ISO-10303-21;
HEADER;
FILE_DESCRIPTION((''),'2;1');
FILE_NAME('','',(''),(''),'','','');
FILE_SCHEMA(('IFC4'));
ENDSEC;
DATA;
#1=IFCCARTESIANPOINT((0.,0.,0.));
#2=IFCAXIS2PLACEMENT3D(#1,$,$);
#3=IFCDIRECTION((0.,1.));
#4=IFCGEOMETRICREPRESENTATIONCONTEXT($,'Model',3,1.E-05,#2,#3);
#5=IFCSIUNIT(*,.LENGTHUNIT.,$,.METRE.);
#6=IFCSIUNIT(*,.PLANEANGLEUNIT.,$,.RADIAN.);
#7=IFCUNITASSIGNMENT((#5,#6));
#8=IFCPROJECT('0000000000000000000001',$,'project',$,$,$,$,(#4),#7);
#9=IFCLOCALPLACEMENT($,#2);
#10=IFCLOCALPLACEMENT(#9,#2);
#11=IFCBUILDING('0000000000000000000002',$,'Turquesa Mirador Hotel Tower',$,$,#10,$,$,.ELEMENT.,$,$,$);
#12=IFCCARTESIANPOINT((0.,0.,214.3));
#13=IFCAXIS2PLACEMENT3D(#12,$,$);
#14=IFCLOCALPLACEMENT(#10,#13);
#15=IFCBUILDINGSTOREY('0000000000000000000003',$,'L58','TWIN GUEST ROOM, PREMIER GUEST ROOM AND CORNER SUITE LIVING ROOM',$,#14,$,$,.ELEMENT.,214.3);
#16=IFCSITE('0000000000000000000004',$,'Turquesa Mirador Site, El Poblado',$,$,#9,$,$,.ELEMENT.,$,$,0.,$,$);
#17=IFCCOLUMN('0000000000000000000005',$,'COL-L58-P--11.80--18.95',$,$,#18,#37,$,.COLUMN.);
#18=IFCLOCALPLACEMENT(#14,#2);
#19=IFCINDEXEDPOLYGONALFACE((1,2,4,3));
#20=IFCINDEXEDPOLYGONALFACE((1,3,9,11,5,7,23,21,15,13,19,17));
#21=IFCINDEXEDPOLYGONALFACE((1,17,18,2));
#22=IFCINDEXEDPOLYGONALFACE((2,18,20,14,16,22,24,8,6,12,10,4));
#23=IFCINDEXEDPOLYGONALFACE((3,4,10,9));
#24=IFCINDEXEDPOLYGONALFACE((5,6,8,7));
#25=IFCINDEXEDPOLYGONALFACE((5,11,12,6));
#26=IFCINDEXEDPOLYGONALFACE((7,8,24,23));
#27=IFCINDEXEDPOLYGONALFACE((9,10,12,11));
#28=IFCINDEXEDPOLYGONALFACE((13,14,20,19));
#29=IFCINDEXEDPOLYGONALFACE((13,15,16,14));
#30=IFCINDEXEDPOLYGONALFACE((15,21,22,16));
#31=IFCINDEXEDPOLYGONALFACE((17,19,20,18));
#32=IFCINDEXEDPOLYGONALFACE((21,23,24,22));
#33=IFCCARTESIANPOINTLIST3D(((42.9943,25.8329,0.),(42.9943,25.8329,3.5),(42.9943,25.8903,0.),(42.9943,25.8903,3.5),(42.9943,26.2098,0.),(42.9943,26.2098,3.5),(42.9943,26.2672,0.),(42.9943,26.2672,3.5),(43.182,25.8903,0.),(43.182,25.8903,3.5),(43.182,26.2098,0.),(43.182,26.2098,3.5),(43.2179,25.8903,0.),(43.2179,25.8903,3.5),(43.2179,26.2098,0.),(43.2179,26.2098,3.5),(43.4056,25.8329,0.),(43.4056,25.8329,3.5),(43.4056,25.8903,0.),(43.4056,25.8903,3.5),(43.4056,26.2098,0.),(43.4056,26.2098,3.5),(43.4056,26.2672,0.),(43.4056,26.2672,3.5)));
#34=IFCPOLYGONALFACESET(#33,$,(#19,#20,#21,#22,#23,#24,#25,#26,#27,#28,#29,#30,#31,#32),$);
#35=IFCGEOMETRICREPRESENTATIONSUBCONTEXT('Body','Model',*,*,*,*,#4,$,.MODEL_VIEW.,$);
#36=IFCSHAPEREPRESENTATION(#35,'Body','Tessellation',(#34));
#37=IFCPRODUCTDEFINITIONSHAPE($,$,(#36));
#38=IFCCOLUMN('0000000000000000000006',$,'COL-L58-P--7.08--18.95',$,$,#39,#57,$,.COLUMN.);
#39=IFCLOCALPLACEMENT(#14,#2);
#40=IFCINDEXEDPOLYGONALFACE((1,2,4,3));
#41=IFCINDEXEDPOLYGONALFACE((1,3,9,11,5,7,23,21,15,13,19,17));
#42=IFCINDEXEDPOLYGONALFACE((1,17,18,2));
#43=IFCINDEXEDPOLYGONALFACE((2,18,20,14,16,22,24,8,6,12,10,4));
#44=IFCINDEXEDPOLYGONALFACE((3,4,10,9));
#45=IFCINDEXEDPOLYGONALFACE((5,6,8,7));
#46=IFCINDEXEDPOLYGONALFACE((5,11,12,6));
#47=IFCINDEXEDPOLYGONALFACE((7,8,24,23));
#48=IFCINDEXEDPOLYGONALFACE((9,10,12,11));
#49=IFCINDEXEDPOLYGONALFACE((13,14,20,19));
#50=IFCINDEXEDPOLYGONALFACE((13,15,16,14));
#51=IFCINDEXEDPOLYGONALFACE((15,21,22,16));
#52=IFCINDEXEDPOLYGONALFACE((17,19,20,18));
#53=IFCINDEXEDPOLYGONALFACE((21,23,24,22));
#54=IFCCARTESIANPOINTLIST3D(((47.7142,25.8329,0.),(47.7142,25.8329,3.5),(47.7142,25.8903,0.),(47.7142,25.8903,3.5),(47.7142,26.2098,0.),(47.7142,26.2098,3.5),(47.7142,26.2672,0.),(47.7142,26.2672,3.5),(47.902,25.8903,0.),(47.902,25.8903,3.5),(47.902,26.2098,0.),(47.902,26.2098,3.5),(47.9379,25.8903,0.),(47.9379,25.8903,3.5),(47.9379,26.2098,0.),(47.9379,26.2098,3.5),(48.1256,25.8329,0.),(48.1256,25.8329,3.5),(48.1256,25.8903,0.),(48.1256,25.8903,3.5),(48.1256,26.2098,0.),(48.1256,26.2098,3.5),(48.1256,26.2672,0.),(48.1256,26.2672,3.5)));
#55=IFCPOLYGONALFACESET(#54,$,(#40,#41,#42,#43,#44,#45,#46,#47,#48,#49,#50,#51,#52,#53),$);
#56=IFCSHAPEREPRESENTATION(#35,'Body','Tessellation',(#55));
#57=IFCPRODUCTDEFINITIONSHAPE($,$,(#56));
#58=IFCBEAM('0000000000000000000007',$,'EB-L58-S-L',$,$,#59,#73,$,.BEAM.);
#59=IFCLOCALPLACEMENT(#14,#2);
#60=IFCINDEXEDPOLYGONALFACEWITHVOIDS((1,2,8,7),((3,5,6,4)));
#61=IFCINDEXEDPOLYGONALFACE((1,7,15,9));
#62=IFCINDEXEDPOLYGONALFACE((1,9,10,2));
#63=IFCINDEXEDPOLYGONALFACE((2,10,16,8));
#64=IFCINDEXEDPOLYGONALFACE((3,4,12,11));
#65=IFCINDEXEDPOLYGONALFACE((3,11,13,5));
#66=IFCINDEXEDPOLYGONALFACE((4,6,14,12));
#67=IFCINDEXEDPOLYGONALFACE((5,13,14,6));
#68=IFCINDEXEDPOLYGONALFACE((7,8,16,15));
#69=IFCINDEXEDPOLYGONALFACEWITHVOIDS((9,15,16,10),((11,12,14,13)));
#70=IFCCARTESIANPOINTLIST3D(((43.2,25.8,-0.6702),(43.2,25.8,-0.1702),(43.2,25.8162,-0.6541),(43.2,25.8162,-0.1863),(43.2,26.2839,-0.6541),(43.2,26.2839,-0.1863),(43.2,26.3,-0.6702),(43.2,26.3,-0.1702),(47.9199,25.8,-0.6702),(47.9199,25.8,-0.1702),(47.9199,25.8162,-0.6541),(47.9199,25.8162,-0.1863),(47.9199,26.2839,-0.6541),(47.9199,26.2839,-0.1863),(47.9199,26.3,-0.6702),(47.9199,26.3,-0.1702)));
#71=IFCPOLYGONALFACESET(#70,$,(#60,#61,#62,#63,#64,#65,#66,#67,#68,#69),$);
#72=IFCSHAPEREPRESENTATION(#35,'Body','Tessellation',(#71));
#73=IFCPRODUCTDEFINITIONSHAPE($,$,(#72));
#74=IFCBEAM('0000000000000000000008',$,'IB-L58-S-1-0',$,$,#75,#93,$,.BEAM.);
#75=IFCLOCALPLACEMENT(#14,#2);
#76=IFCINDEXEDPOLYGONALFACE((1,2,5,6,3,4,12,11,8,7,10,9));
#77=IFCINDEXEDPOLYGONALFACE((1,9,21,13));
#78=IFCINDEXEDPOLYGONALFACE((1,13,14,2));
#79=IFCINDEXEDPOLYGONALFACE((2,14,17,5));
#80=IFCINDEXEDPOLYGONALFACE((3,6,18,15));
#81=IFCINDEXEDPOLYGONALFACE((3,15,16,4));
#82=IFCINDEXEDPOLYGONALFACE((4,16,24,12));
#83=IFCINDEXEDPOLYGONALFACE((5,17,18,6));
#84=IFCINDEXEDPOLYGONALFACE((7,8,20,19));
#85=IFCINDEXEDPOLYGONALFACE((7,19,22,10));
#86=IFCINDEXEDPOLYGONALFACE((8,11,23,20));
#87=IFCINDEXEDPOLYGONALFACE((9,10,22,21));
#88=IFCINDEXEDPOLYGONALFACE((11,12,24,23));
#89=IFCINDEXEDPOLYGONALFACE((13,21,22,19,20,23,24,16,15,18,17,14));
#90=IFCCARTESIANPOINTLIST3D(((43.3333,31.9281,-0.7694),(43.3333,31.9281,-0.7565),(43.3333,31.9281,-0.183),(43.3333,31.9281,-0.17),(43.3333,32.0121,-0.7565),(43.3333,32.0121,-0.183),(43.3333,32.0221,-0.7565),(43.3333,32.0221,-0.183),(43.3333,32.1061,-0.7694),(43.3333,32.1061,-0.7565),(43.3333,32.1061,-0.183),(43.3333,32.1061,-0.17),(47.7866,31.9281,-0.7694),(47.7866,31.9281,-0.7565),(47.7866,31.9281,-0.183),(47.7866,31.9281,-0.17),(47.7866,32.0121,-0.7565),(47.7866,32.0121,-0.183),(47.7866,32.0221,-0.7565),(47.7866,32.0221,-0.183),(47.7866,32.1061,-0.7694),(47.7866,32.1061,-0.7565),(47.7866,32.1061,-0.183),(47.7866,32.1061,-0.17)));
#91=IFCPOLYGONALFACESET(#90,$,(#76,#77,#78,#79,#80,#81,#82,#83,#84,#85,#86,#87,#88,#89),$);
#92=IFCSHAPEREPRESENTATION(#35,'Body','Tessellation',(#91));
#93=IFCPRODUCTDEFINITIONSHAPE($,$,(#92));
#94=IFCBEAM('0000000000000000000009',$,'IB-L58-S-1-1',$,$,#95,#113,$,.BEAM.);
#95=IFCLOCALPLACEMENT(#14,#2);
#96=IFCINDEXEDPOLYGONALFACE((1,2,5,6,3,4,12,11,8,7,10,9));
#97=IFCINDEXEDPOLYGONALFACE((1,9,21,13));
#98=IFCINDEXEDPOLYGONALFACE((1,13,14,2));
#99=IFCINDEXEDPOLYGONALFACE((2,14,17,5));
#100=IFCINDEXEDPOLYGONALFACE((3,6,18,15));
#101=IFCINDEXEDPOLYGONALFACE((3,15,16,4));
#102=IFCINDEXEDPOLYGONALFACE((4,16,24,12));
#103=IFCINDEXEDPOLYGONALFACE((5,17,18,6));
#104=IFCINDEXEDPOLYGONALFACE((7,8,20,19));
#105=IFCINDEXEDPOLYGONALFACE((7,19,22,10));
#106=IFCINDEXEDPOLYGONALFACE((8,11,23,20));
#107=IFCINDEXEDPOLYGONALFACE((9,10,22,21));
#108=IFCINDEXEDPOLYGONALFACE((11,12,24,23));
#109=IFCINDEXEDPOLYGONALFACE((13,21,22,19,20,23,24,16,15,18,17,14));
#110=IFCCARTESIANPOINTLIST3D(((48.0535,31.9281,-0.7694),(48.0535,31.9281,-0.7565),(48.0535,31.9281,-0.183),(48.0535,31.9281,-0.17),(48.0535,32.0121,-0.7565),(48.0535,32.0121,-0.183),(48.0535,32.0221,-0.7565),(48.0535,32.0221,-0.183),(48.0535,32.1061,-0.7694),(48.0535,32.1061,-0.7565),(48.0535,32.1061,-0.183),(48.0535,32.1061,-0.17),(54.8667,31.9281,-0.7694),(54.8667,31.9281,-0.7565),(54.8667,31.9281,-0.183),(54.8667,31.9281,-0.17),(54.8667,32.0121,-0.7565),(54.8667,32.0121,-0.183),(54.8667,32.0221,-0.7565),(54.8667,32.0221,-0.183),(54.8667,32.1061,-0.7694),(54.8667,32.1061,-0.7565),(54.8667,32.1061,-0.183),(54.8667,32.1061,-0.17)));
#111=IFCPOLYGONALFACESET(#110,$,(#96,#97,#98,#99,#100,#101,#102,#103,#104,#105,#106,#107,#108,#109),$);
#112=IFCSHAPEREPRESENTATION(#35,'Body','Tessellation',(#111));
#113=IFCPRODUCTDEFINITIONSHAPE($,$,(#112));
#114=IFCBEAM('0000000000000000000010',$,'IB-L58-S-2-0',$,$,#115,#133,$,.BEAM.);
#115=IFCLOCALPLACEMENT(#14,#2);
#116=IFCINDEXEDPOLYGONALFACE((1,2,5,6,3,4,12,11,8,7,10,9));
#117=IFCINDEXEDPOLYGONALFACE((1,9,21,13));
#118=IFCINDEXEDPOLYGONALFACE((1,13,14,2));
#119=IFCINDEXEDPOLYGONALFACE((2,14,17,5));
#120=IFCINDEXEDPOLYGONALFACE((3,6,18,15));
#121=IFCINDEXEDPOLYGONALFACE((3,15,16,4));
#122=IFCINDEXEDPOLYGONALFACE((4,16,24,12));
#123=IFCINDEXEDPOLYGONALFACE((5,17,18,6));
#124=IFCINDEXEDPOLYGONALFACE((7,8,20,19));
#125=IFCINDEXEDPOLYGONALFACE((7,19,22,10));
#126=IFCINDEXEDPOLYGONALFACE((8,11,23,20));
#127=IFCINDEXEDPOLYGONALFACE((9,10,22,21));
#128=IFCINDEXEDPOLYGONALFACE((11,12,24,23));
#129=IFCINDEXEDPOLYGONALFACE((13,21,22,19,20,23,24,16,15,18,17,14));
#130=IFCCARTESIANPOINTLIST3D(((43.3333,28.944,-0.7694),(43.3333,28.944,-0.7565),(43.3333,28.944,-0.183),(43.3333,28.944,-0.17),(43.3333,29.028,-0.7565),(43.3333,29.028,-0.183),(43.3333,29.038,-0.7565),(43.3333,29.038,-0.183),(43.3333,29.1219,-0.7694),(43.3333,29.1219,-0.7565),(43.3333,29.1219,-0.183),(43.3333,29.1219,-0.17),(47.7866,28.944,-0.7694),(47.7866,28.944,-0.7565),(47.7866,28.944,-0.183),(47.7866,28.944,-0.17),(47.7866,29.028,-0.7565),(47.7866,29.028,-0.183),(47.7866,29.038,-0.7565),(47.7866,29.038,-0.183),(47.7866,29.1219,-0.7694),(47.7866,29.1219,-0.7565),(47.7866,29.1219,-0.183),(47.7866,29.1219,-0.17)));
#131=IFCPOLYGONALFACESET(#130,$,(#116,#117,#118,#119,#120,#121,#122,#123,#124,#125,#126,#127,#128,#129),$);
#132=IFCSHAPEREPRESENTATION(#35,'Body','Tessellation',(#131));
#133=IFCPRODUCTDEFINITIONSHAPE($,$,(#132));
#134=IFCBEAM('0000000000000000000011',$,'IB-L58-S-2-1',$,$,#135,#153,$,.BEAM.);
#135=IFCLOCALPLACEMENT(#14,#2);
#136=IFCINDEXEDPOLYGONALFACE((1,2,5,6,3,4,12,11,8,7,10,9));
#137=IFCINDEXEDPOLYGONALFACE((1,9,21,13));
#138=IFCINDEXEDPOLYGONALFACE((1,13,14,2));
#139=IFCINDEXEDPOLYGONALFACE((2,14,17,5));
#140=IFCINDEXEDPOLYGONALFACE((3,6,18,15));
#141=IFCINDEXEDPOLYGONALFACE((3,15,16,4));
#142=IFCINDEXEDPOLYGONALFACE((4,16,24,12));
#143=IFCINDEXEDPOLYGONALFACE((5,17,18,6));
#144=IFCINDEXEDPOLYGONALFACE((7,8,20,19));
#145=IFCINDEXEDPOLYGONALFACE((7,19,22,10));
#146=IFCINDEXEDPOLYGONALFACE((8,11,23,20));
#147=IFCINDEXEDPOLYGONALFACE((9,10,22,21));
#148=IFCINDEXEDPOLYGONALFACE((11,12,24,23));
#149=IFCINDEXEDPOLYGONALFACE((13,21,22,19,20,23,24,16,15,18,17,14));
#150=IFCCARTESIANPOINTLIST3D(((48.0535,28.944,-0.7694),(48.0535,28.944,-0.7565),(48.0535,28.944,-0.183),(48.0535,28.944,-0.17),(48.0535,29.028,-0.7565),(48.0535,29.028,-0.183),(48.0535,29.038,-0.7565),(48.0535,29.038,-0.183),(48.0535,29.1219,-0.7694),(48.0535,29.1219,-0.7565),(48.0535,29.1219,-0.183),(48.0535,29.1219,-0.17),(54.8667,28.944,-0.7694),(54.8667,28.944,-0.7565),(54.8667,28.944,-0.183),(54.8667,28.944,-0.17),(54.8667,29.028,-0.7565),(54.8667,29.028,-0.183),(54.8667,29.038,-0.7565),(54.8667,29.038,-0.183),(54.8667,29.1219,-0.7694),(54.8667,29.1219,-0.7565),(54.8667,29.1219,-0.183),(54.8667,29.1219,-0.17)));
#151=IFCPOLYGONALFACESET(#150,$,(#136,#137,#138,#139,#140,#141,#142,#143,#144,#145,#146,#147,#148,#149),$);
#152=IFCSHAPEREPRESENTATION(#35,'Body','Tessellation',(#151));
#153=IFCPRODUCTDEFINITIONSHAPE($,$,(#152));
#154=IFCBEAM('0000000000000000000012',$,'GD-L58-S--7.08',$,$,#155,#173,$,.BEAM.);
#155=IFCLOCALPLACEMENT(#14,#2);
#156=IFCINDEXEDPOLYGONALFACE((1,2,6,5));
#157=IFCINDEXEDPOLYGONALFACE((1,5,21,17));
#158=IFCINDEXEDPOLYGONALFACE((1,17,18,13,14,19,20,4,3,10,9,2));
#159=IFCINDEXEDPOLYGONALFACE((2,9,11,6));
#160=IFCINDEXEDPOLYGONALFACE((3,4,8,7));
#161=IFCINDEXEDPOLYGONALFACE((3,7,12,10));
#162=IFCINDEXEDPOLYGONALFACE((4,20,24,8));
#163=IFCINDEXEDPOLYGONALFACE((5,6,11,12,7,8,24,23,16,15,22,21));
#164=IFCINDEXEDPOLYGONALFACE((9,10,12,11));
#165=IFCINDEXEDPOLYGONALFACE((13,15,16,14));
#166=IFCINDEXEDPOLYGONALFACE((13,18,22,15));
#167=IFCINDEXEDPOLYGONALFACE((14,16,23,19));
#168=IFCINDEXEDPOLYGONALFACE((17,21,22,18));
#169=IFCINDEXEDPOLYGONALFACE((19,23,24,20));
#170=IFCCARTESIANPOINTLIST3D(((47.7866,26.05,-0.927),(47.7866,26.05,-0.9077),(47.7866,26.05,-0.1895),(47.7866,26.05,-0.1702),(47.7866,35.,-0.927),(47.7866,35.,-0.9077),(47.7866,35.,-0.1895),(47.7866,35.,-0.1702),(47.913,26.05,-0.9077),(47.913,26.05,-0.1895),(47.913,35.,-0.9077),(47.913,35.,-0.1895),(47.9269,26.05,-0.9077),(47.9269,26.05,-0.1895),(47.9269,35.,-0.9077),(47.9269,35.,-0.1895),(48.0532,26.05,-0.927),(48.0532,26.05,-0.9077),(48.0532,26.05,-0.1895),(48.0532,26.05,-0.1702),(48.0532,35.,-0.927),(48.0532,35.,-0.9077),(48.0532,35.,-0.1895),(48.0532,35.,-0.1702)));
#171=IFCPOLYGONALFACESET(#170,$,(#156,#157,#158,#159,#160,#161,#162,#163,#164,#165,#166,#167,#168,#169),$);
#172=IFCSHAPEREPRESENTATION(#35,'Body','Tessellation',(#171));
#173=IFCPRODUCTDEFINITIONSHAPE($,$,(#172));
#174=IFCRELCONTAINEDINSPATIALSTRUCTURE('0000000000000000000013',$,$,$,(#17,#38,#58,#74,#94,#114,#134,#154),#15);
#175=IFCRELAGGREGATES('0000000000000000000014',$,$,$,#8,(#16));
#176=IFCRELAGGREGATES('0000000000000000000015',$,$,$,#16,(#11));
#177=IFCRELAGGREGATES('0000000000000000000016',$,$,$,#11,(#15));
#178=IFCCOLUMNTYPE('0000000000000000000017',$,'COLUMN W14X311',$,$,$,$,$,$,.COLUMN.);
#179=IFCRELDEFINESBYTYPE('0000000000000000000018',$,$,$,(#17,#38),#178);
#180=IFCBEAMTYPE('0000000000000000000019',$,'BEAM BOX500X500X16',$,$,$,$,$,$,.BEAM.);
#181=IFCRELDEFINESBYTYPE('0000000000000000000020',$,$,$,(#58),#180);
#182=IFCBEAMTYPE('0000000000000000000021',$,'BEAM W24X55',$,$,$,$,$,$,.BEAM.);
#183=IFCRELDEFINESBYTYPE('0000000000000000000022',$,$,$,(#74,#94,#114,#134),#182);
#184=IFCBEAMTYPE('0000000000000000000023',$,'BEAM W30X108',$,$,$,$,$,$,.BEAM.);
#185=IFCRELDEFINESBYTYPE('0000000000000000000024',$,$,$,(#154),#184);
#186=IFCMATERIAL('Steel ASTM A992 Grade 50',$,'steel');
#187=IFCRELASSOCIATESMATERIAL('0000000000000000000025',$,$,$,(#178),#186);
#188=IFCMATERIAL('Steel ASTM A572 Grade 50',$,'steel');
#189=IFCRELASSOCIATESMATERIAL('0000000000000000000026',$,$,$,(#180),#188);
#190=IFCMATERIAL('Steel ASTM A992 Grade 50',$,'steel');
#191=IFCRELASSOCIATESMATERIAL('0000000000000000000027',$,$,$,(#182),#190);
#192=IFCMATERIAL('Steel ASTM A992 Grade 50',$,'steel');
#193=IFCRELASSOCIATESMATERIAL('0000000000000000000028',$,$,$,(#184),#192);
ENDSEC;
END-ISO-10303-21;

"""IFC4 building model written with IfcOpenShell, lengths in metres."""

from ifc_helpers import new_model, si_unit, direction, frame, origin, origin_2d, place, context, subcontext, project, spatial, hollow_rectangle, i_section, extrude, material, material_profile, profile_set, type_object, element, save


model = new_model("IFC4")

# Units and contexts
model_context = context("Model", 3, precision=1e-05, world=origin(), true_north=direction((0.0, 1.0)))
body_context = subcontext(model_context, "Body", "Model", "MODEL_VIEW")
ifc_project = project(units=[si_unit("LENGTHUNIT", "METRE"), si_unit("PLANEANGLEUNIT", "RADIAN")], contexts=[model_context])

# Site, building, storey
site_placement = place(None, origin())
site = spatial("IfcSite", under=ifc_project, at=site_placement, Name="Turquesa Mirador Site, El Poblado", CompositionType="ELEMENT", RefElevation=0.0)
building_placement = place(site_placement, origin())
building = spatial("IfcBuilding", under=site, at=building_placement, Name="Turquesa Mirador Hotel Tower", CompositionType="ELEMENT")
storey_placement = place(building_placement, frame((0.0, 0.0, 214.3)))
storey = spatial("IfcBuildingStorey", under=building, at=storey_placement, Name="L58", Description="TWIN GUEST ROOM, PREMIER GUEST ROOM AND CORNER SUITE LIVING ROOM", CompositionType="ELEMENT", Elevation=214.3)

# Columns
ifc_material_1 = material(Name="Steel ASTM A992 Grade 50", Category="steel")
ifc_material_profile_1 = material_profile(ifc_material_1, i_section(OverallWidth=0.4114, OverallDepth=0.4343, WebThickness=0.0359, FlangeThickness=0.0574, at=origin_2d()), Name="W14X311")
ifc_profile_set_1 = profile_set([ifc_material_profile_1], Name="Steel ASTM A992 Grade 50")
column_type = type_object("IfcColumnType", Name="COLUMN W14X311", PredefinedType="COLUMN", material=ifc_profile_set_1)
for number, where, z_axis, x_axis, name in (
    (1, (43.2, 26.05, 0.0), (0.0, 0.0, 1.0), (1.0, 0.0, 0.0), "COL-L58-P--11.80--18.95"),
    (2, (47.9199, 26.05, 0.0), (0.0, 0.0, 1.0), (1.0, 0.0, 0.0), "COL-L58-P--7.08--18.95"),
):
    element("IfcColumn", number, at=place(storey_placement, frame(where, z_axis=z_axis, x_axis=x_axis)), inside=storey, type_object=column_type, Name=name, PredefinedType="COLUMN", context=body_context, shape_type="SweptSolid", body=[
        extrude(i_section(OverallWidth=0.4114, OverallDepth=0.4343, WebThickness=0.0359, FlangeThickness=0.0574, at=origin_2d()), origin(), (0.0, 0.0, 1.0), 3.5),
    ])

# Beams
ifc_material_2 = material(Name="Steel ASTM A572 Grade 50", Category="steel")
ifc_material_profile_2 = material_profile(ifc_material_2, hollow_rectangle(XDim=0.5, YDim=0.5, WallThickness=0.0161, at=origin_2d()), Name="BOX500X500X16")
ifc_profile_set_2 = profile_set([ifc_material_profile_2], Name="Steel ASTM A572 Grade 50")
beam_type_1 = type_object("IfcBeamType", Name="BEAM BOX500X500X16", PredefinedType="BEAM", material=ifc_profile_set_2)
beam_1_placement = place(storey_placement, frame((43.2, 26.05, -0.4202), z_axis=(1.0, 0.0, 0.0), x_axis=(0.0, 1.0, 0.0)))
element("IfcBeam", 3, at=beam_1_placement, inside=storey, type_object=beam_type_1, Name="EB-L58-S-L", PredefinedType="BEAM", context=body_context, shape_type="SweptSolid", body=[
    extrude(hollow_rectangle(XDim=0.5, YDim=0.5, WallThickness=0.0161, at=origin_2d()), origin(), (0.0, 0.0, 1.0), 4.72),
])
ifc_material_3 = material(Name="Steel ASTM A992 Grade 50", Category="steel")
ifc_material_profile_3 = material_profile(ifc_material_3, i_section(OverallWidth=0.178, OverallDepth=0.5994, WebThickness=0.01, FlangeThickness=0.0129, at=origin_2d()), Name="W24X55")
ifc_profile_set_3 = profile_set([ifc_material_profile_3], Name="Steel ASTM A992 Grade 50")
beam_type_2 = type_object("IfcBeamType", Name="BEAM W24X55", PredefinedType="BEAM", material=ifc_profile_set_3)
beam_2_placement = place(storey_placement, frame((43.3333, 32.0171, -0.4697), z_axis=(1.0, 0.0, 0.0), x_axis=(0.0, 1.0, 0.0)))
element("IfcBeam", 4, at=beam_2_placement, inside=storey, type_object=beam_type_2, Name="IB-L58-S-1-0", PredefinedType="BEAM", context=body_context, shape_type="SweptSolid", body=[
    extrude(i_section(OverallWidth=0.178, OverallDepth=0.5994, WebThickness=0.01, FlangeThickness=0.0129, at=origin_2d()), origin(), (0.0, 0.0, 1.0), 4.4534),
])
beam_3_placement = place(storey_placement, frame((48.0535, 32.0171, -0.4697), z_axis=(1.0, 0.0, 0.0), x_axis=(0.0, 1.0, 0.0)))
element("IfcBeam", 5, at=beam_3_placement, inside=storey, type_object=beam_type_2, Name="IB-L58-S-1-1", PredefinedType="BEAM", context=body_context, shape_type="SweptSolid", body=[
    extrude(i_section(OverallWidth=0.178, OverallDepth=0.5994, WebThickness=0.01, FlangeThickness=0.0129, at=origin_2d()), origin(), (0.0, 0.0, 1.0), 6.8132),
])
beam_4_placement = place(storey_placement, frame((43.3333, 29.033, -0.4697), z_axis=(1.0, 0.0, 0.0), x_axis=(0.0, 1.0, 0.0)))
element("IfcBeam", 6, at=beam_4_placement, inside=storey, type_object=beam_type_2, Name="IB-L58-S-2-0", PredefinedType="BEAM", context=body_context, shape_type="SweptSolid", body=[
    extrude(i_section(OverallWidth=0.178, OverallDepth=0.5994, WebThickness=0.01, FlangeThickness=0.0129, at=origin_2d()), origin(), (0.0, 0.0, 1.0), 4.4534),
])
beam_5_placement = place(storey_placement, frame((48.0535, 29.033, -0.4697), z_axis=(1.0, 0.0, 0.0), x_axis=(0.0, 1.0, 0.0)))
element("IfcBeam", 7, at=beam_5_placement, inside=storey, type_object=beam_type_2, Name="IB-L58-S-2-1", PredefinedType="BEAM", context=body_context, shape_type="SweptSolid", body=[
    extrude(i_section(OverallWidth=0.178, OverallDepth=0.5994, WebThickness=0.01, FlangeThickness=0.0129, at=origin_2d()), origin(), (0.0, 0.0, 1.0), 6.8132),
])
ifc_material_4 = material(Name="Steel ASTM A992 Grade 50", Category="steel")
ifc_material_profile_4 = material_profile(ifc_material_4, i_section(OverallWidth=0.2666, OverallDepth=0.7568, WebThickness=0.0139, FlangeThickness=0.0193, at=origin_2d()), Name="W30X108")
ifc_profile_set_4 = profile_set([ifc_material_profile_4], Name="Steel ASTM A992 Grade 50")
beam_type_3 = type_object("IfcBeamType", Name="BEAM W30X108", PredefinedType="BEAM", material=ifc_profile_set_4)
beam_6_placement = place(storey_placement, frame((47.9199, 26.05, -0.5486), z_axis=(0.0, 1.0, 0.0), x_axis=(-1.0, 0.0, 0.0)))
element("IfcBeam", 8, at=beam_6_placement, inside=storey, type_object=beam_type_3, Name="GD-L58-S--7.08", PredefinedType="BEAM", context=body_context, shape_type="SweptSolid", body=[
    extrude(i_section(OverallWidth=0.2666, OverallDepth=0.7568, WebThickness=0.0139, FlangeThickness=0.0193, at=origin_2d()), origin(), (0.0, 0.0, 1.0), 8.95),
])

save(model, "model.ifc")
